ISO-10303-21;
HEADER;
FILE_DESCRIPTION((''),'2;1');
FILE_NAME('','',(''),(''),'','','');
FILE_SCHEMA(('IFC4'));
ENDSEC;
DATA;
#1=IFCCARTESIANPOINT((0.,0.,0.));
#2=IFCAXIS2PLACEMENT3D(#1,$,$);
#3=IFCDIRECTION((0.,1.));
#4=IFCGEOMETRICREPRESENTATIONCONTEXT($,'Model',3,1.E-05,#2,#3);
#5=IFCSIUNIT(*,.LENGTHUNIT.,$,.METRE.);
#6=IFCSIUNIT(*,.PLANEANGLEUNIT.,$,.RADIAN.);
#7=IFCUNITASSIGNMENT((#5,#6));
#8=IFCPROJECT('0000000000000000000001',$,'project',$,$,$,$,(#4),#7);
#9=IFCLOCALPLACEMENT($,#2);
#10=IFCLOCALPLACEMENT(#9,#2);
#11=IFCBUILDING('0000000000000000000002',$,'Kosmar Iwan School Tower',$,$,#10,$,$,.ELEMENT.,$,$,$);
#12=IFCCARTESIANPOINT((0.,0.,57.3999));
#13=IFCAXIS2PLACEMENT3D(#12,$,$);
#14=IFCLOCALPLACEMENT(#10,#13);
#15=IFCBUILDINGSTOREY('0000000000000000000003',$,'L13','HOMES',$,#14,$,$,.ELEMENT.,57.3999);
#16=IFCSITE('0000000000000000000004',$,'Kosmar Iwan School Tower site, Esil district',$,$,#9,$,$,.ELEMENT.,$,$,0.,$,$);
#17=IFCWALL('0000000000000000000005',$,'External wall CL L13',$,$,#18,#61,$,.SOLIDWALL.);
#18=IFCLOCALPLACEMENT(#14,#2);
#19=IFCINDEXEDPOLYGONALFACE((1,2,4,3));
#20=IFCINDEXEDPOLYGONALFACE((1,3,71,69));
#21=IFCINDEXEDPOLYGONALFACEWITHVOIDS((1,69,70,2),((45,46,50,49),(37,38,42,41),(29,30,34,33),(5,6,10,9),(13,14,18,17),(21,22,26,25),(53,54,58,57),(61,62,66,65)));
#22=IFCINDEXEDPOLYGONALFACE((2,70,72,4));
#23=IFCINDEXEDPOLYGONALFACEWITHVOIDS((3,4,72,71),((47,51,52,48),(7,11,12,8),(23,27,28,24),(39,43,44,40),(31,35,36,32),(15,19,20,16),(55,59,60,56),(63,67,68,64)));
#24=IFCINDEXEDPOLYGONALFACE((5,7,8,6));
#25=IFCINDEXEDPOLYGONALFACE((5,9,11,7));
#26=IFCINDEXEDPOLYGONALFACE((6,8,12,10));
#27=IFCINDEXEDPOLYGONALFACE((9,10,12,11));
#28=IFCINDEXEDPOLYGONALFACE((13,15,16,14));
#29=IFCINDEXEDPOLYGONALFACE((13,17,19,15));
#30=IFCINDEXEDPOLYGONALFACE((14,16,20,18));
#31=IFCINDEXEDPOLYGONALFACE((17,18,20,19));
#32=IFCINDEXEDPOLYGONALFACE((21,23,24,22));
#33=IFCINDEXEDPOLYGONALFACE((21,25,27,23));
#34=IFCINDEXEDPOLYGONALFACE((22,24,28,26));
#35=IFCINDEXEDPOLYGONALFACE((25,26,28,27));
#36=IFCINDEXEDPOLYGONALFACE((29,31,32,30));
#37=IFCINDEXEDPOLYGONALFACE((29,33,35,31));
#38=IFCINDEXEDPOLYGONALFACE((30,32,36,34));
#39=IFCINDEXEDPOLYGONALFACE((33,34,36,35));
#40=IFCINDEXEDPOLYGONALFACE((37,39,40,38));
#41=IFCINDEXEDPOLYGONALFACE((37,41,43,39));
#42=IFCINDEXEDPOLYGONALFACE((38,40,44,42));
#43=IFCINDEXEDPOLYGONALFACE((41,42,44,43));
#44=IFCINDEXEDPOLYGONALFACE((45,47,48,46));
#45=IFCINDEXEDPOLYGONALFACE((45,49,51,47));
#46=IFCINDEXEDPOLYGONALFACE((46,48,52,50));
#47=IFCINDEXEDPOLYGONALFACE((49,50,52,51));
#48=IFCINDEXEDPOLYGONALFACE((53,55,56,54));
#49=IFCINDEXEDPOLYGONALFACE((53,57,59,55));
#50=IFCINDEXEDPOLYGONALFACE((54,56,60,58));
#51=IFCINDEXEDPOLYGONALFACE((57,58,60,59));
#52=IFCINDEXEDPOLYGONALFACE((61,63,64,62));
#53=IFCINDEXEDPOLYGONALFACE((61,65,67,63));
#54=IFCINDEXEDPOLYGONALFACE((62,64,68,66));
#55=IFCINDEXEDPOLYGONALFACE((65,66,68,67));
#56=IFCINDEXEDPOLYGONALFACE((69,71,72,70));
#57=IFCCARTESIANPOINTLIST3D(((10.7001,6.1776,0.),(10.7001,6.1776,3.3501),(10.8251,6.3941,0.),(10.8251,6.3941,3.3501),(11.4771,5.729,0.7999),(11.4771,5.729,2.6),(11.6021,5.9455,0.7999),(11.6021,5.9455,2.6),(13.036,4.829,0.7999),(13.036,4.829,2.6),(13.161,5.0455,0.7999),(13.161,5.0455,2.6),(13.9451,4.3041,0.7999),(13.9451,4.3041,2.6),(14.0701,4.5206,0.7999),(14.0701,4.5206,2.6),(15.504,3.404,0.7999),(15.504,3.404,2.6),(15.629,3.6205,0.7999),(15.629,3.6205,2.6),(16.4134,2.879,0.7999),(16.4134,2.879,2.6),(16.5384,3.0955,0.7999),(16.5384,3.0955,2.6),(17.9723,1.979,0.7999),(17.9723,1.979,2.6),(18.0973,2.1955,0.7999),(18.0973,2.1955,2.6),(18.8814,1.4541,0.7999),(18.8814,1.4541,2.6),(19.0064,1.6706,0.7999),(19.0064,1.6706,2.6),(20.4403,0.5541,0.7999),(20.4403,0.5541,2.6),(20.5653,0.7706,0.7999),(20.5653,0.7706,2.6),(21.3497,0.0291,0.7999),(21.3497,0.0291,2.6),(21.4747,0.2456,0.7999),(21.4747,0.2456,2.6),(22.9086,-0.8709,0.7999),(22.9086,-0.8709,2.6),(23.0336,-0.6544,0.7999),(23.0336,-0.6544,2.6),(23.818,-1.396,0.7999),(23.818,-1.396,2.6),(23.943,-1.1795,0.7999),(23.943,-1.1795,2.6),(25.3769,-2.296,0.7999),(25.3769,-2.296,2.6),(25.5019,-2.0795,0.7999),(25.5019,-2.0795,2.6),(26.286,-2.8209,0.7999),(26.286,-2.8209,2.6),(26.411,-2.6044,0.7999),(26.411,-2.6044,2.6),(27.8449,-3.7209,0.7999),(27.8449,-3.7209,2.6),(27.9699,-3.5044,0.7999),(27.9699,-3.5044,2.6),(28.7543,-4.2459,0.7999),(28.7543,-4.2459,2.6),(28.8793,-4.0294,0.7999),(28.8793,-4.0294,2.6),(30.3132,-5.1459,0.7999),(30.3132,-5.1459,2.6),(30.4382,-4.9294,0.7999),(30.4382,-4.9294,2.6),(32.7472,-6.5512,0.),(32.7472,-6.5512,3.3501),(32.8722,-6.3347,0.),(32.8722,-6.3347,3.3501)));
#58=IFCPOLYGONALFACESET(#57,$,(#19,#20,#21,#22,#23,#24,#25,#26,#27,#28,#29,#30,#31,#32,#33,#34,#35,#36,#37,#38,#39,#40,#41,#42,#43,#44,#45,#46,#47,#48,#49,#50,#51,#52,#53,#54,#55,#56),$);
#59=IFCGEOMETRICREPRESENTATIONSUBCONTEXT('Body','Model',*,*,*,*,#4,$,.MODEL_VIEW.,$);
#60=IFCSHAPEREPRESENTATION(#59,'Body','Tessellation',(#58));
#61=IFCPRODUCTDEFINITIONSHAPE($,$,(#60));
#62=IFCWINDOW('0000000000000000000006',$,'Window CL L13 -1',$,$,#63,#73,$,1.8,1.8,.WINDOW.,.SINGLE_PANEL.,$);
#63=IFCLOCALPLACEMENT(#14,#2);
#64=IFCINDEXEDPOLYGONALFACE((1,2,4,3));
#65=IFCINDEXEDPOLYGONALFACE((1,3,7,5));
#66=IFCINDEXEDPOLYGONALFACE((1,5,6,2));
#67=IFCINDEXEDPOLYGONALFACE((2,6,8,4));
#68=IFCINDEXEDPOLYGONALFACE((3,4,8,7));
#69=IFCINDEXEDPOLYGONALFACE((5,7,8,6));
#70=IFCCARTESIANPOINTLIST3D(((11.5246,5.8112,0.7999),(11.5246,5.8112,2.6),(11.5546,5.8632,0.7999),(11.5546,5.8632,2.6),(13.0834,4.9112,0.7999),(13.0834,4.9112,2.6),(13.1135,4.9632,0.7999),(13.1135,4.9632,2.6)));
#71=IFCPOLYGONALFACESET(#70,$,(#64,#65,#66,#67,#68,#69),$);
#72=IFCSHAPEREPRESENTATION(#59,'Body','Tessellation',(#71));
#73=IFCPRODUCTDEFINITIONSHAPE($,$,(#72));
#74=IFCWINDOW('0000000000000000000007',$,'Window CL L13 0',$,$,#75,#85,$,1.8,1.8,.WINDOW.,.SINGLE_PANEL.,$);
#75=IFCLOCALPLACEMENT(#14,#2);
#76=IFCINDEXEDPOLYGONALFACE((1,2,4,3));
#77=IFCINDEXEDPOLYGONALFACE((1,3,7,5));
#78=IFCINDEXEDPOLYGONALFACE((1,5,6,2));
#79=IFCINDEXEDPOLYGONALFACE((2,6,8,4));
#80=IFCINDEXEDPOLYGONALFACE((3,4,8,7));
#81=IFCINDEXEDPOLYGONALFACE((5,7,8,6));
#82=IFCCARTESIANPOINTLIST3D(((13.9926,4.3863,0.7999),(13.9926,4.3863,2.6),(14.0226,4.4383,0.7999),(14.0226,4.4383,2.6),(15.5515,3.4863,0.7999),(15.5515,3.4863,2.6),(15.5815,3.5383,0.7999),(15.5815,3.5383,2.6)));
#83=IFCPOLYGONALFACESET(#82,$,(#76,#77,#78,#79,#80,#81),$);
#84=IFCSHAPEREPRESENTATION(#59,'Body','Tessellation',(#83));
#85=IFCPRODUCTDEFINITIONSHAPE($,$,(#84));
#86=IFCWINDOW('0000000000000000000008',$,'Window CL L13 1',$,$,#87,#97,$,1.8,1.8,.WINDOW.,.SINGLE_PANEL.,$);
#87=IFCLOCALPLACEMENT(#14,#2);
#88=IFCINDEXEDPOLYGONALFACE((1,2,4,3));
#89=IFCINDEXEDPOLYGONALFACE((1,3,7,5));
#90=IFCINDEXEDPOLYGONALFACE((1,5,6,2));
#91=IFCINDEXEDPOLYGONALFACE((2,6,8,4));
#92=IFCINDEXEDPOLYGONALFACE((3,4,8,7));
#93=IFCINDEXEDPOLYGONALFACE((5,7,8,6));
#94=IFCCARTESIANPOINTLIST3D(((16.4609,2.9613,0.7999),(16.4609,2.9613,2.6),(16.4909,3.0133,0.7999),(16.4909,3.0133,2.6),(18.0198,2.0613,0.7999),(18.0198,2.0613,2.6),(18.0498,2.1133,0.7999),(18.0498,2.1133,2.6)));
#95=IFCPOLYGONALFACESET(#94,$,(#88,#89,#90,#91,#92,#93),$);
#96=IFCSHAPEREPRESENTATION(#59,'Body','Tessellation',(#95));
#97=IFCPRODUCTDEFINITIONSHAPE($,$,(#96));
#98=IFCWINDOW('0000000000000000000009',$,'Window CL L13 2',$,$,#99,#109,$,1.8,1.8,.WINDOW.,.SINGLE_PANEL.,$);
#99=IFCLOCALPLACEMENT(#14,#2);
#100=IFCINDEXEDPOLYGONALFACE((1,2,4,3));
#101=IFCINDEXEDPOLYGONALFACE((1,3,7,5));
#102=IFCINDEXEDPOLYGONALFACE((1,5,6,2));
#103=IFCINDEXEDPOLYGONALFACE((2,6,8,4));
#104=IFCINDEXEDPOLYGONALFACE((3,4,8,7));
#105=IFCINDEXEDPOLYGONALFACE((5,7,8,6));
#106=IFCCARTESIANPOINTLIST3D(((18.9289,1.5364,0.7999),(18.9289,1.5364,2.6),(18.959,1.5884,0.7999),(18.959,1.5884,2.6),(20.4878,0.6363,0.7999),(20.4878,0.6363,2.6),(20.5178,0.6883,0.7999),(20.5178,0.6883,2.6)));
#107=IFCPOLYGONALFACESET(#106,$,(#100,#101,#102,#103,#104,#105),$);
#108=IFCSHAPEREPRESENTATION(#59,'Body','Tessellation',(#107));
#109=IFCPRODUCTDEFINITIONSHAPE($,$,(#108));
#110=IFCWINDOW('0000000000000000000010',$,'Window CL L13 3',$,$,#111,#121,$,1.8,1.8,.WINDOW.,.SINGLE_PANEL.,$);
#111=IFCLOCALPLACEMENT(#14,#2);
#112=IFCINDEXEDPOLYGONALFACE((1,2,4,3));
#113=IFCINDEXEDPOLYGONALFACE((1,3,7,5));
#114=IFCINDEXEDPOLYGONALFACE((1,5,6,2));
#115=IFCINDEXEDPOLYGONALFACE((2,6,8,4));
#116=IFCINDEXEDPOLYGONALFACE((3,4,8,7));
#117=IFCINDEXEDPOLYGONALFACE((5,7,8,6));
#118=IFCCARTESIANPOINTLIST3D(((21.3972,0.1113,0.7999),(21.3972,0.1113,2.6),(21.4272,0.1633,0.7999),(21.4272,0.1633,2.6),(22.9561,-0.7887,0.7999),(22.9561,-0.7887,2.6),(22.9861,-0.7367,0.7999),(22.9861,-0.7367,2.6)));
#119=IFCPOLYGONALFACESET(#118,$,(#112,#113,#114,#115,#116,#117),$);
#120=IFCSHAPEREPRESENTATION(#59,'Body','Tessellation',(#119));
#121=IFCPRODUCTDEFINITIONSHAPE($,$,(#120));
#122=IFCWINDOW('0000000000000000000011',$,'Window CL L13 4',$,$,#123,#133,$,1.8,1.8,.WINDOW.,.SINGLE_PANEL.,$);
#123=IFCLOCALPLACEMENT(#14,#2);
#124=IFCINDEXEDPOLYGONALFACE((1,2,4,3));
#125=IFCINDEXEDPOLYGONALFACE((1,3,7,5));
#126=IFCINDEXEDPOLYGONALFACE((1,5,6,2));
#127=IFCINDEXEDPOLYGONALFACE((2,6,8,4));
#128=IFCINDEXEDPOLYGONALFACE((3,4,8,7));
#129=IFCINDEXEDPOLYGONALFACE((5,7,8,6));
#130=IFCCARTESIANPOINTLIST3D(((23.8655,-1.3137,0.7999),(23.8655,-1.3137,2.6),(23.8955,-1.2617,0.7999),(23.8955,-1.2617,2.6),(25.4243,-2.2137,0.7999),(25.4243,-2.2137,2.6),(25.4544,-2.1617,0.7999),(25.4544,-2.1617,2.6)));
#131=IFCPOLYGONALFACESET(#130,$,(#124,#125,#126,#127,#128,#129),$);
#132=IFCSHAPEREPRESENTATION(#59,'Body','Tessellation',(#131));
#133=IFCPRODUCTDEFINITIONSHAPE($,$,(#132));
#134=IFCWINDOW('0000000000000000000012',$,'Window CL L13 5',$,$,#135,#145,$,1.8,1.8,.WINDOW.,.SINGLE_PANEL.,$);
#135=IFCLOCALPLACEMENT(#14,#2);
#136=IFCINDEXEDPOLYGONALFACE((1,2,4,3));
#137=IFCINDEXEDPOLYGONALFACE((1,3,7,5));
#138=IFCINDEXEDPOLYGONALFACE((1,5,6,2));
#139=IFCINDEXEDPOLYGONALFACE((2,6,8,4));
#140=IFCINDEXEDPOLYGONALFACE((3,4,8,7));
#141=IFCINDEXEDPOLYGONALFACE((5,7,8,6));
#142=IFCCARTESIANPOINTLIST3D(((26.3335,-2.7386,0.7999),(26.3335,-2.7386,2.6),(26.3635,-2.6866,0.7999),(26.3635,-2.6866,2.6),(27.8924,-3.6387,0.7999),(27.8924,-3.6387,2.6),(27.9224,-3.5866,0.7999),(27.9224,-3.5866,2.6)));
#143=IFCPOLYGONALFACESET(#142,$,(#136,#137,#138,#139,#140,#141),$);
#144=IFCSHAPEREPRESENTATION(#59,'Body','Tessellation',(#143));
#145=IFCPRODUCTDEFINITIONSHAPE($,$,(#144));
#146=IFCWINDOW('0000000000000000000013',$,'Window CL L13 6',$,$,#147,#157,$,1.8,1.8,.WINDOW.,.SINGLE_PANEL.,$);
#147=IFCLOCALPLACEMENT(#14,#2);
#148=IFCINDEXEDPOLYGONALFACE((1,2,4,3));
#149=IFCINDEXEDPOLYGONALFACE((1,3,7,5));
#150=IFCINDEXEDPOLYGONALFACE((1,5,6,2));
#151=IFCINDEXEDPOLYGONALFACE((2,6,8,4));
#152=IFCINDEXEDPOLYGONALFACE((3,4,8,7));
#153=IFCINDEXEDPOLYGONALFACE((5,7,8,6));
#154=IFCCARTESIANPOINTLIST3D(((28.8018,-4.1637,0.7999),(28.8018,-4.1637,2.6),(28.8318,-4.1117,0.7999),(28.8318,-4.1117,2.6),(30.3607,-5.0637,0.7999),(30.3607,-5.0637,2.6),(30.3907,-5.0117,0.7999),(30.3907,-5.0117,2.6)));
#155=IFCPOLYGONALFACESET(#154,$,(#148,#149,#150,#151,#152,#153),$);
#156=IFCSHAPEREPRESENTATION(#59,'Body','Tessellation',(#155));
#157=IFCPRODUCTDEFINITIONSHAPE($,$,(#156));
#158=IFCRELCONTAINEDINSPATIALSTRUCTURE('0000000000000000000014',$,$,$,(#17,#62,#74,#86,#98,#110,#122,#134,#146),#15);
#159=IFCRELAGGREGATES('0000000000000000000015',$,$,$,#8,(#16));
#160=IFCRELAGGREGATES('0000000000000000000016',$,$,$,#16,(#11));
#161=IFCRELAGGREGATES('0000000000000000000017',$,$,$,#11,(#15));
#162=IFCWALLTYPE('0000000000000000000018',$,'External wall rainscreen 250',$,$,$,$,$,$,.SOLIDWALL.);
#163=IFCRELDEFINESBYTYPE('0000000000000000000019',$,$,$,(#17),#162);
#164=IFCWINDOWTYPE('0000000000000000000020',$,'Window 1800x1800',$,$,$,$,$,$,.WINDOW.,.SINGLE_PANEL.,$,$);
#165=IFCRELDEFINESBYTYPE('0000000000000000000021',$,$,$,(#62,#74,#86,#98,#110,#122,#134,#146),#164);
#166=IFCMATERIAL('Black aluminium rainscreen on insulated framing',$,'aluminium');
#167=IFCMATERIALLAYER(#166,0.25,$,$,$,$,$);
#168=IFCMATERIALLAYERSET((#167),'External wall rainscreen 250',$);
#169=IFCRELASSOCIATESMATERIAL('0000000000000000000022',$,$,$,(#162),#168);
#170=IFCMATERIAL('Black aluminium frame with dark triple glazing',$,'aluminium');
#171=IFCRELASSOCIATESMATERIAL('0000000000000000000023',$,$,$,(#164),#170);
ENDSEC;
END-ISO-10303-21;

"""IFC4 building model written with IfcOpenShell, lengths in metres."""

from ifc_helpers import new_model, si_unit, direction, frame, frame_2d, origin, place, context, subcontext, project, spatial, rectangle, extrude, material, layer, layer_set, type_object, element, fill, save


model = new_model("IFC4")

# Units and contexts
model_context = context("Model", 3, precision=1e-05, world=origin(), true_north=direction((0.0, 1.0)))
body_context = subcontext(model_context, "Body", "Model", "MODEL_VIEW")
ifc_project = project(units=[si_unit("LENGTHUNIT", "METRE"), si_unit("PLANEANGLEUNIT", "RADIAN")], contexts=[model_context])

# Site, building, storey
site_placement = place(None, origin())
site = spatial("IfcSite", under=ifc_project, at=site_placement, Name="Kosmar Iwan School Tower site, Esil district", CompositionType="ELEMENT", RefElevation=0.0)
building_placement = place(site_placement, origin())
building = spatial("IfcBuilding", under=site, at=building_placement, Name="Kosmar Iwan School Tower", CompositionType="ELEMENT")
storey_placement = place(building_placement, frame((0.0, 0.0, 57.3999)))
storey = spatial("IfcBuildingStorey", under=building, at=storey_placement, Name="L13", Description="HOMES", CompositionType="ELEMENT", Elevation=57.3999)

# Wall, openings, windows
ifc_material_1 = material(Name="Black aluminium rainscreen on insulated framing", Category="aluminium")
ifc_layer = layer(ifc_material_1, 0.25)
ifc_layer_set = layer_set([ifc_layer], Name="External wall rainscreen 250")
wall_type = type_object("IfcWallType", Name="External wall rainscreen 250", PredefinedType="SOLIDWALL", material=ifc_layer_set)
wall_1_placement = place(storey_placement, frame((10.7625, 6.2859, 0.0), z_axis=(0.0, 0.0, 1.0), x_axis=(0.866028, -0.499996, 0.0)))
wall_1 = element("IfcWall", 1, at=wall_1_placement, inside=storey, type_object=wall_type, Name="External wall CL L13", PredefinedType="SOLIDWALL", context=body_context, shape_type="SweptSolid", body=[
    extrude(rectangle(XDim=25.4578, YDim=0.25, at=frame_2d((12.729, 0.0))), origin(), (0.0, 0.0, 1.0), 3.3501),
])
opening_1_placement = place(wall_1_placement, frame((0.8975, 0.0, 0.8)))
opening_1 = element("IfcOpeningElement", 2, at=opening_1_placement, cuts=wall_1, PredefinedType="OPENING", context=body_context, shape_type="SweptSolid", body=[
    extrude(rectangle(XDim=1.8, YDim=1.8, at=frame_2d((0.8999, 0.8999))), frame((0.0, 0.137, 0.0), z_axis=(0.0, -1.0, 0.0), x_axis=(1.0, 0.0, 0.0)), (0.0, 0.0, 1.0), 0.2739),
])
opening_2_placement = place(wall_1_placement, frame((3.7473, 0.0, 0.8)))
opening_2 = element("IfcOpeningElement", 3, at=opening_2_placement, cuts=wall_1, PredefinedType="OPENING", context=body_context, shape_type="SweptSolid", body=[
    extrude(rectangle(XDim=1.8, YDim=1.8, at=frame_2d((0.8999, 0.8999))), frame((0.0, 0.137, 0.0), z_axis=(0.0, -1.0, 0.0), x_axis=(1.0, 0.0, 0.0)), (0.0, 0.0, 1.0), 0.2739),
])
opening_3_placement = place(wall_1_placement, frame((6.5974, 0.0, 0.8)))
opening_3 = element("IfcOpeningElement", 4, at=opening_3_placement, cuts=wall_1, PredefinedType="OPENING", context=body_context, shape_type="SweptSolid", body=[
    extrude(rectangle(XDim=1.8, YDim=1.8, at=frame_2d((0.8999, 0.8999))), frame((0.0, 0.137, 0.0), z_axis=(0.0, -1.0, 0.0), x_axis=(1.0, 0.0, 0.0)), (0.0, 0.0, 1.0), 0.2739),
])
opening_4_placement = place(wall_1_placement, frame((9.4473, 0.0, 0.8)))
opening_4 = element("IfcOpeningElement", 5, at=opening_4_placement, cuts=wall_1, PredefinedType="OPENING", context=body_context, shape_type="SweptSolid", body=[
    extrude(rectangle(XDim=1.8, YDim=1.8, at=frame_2d((0.8999, 0.8999))), frame((0.0, 0.137, 0.0), z_axis=(0.0, -1.0, 0.0), x_axis=(1.0, 0.0, 0.0)), (0.0, 0.0, 1.0), 0.2739),
])
opening_5_placement = place(wall_1_placement, frame((12.2974, 0.0, 0.8)))
opening_5 = element("IfcOpeningElement", 6, at=opening_5_placement, cuts=wall_1, PredefinedType="OPENING", context=body_context, shape_type="SweptSolid", body=[
    extrude(rectangle(XDim=1.8, YDim=1.8, at=frame_2d((0.8999, 0.8999))), frame((0.0, 0.137, 0.0), z_axis=(0.0, -1.0, 0.0), x_axis=(1.0, 0.0, 0.0)), (0.0, 0.0, 1.0), 0.2739),
])
opening_6_placement = place(wall_1_placement, frame((15.1475, 0.0, 0.8)))
opening_6 = element("IfcOpeningElement", 7, at=opening_6_placement, cuts=wall_1, PredefinedType="OPENING", context=body_context, shape_type="SweptSolid", body=[
    extrude(rectangle(XDim=1.8, YDim=1.8, at=frame_2d((0.8999, 0.8999))), frame((0.0, 0.137, 0.0), z_axis=(0.0, -1.0, 0.0), x_axis=(1.0, 0.0, 0.0)), (0.0, 0.0, 1.0), 0.2739),
])
opening_7_placement = place(wall_1_placement, frame((17.9973, 0.0, 0.8)))
opening_7 = element("IfcOpeningElement", 8, at=opening_7_placement, cuts=wall_1, PredefinedType="OPENING", context=body_context, shape_type="SweptSolid", body=[
    extrude(rectangle(XDim=1.8, YDim=1.8, at=frame_2d((0.8999, 0.8999))), frame((0.0, 0.137, 0.0), z_axis=(0.0, -1.0, 0.0), x_axis=(1.0, 0.0, 0.0)), (0.0, 0.0, 1.0), 0.2739),
])
opening_8_placement = place(wall_1_placement, frame((20.8474, 0.0, 0.8)))
opening_8 = element("IfcOpeningElement", 9, at=opening_8_placement, cuts=wall_1, PredefinedType="OPENING", context=body_context, shape_type="SweptSolid", body=[
    extrude(rectangle(XDim=1.8, YDim=1.8, at=frame_2d((0.8999, 0.8999))), frame((0.0, 0.137, 0.0), z_axis=(0.0, -1.0, 0.0), x_axis=(1.0, 0.0, 0.0)), (0.0, 0.0, 1.0), 0.2739),
])
ifc_material_2 = material(Name="Black aluminium frame with dark triple glazing", Category="aluminium")
window_type = type_object("IfcWindowType", Name="Window 1800x1800", PartitioningType="SINGLE_PANEL", PredefinedType="WINDOW", material=ifc_material_2)
window_1_placement = place(opening_1_placement, origin())
window_1 = element("IfcWindow", 10, at=window_1_placement, inside=storey, type_object=window_type, Name="Window CL L13 -1", OverallHeight=1.8, OverallWidth=1.8, PartitioningType="SINGLE_PANEL", PredefinedType="WINDOW", context=body_context, shape_type="SweptSolid", body=[
    extrude(rectangle(XDim=1.8, YDim=1.8, at=frame_2d((0.8999, 0.8999))), frame((0.0, 0.03, 0.0), z_axis=(0.0, -1.0, 0.0), x_axis=(1.0, 0.0, 0.0)), (0.0, 0.0, 1.0), 0.0601),
])
fill(opening_1, window_1)
window_2_placement = place(opening_2_placement, origin())
window_2 = element("IfcWindow", 11, at=window_2_placement, inside=storey, type_object=window_type, Name="Window CL L13 0", OverallHeight=1.8, OverallWidth=1.8, PartitioningType="SINGLE_PANEL", PredefinedType="WINDOW", context=body_context, shape_type="SweptSolid", body=[
    extrude(rectangle(XDim=1.8, YDim=1.8, at=frame_2d((0.8999, 0.8999))), frame((0.0, 0.03, 0.0), z_axis=(0.0, -1.0, 0.0), x_axis=(1.0, 0.0, 0.0)), (0.0, 0.0, 1.0), 0.0601),
])
fill(opening_2, window_2)
window_3_placement = place(opening_3_placement, origin())
window_3 = element("IfcWindow", 12, at=window_3_placement, inside=storey, type_object=window_type, Name="Window CL L13 1", OverallHeight=1.8, OverallWidth=1.8, PartitioningType="SINGLE_PANEL", PredefinedType="WINDOW", context=body_context, shape_type="SweptSolid", body=[
    extrude(rectangle(XDim=1.8, YDim=1.8, at=frame_2d((0.8999, 0.8999))), frame((0.0, 0.03, 0.0), z_axis=(0.0, -1.0, 0.0), x_axis=(1.0, 0.0, 0.0)), (0.0, 0.0, 1.0), 0.0601),
])
fill(opening_3, window_3)
window_4_placement = place(opening_4_placement, origin())
window_4 = element("IfcWindow", 13, at=window_4_placement, inside=storey, type_object=window_type, Name="Window CL L13 2", OverallHeight=1.8, OverallWidth=1.8, PartitioningType="SINGLE_PANEL", PredefinedType="WINDOW", context=body_context, shape_type="SweptSolid", body=[
    extrude(rectangle(XDim=1.8, YDim=1.8, at=frame_2d((0.8999, 0.8999))), frame((0.0, 0.03, 0.0), z_axis=(0.0, -1.0, 0.0), x_axis=(1.0, 0.0, 0.0)), (0.0, 0.0, 1.0), 0.0601),
])
fill(opening_4, window_4)
window_5_placement = place(opening_5_placement, origin())
window_5 = element("IfcWindow", 14, at=window_5_placement, inside=storey, type_object=window_type, Name="Window CL L13 3", OverallHeight=1.8, OverallWidth=1.8, PartitioningType="SINGLE_PANEL", PredefinedType="WINDOW", context=body_context, shape_type="SweptSolid", body=[
    extrude(rectangle(XDim=1.8, YDim=1.8, at=frame_2d((0.8999, 0.8999))), frame((0.0, 0.03, 0.0), z_axis=(0.0, -1.0, 0.0), x_axis=(1.0, 0.0, 0.0)), (0.0, 0.0, 1.0), 0.0601),
])
fill(opening_5, window_5)
window_6_placement = place(opening_6_placement, origin())
window_6 = element("IfcWindow", 15, at=window_6_placement, inside=storey, type_object=window_type, Name="Window CL L13 4", OverallHeight=1.8, OverallWidth=1.8, PartitioningType="SINGLE_PANEL", PredefinedType="WINDOW", context=body_context, shape_type="SweptSolid", body=[
    extrude(rectangle(XDim=1.8, YDim=1.8, at=frame_2d((0.8999, 0.8999))), frame((0.0, 0.03, 0.0), z_axis=(0.0, -1.0, 0.0), x_axis=(1.0, 0.0, 0.0)), (0.0, 0.0, 1.0), 0.0601),
])
fill(opening_6, window_6)
window_7_placement = place(opening_7_placement, origin())
window_7 = element("IfcWindow", 16, at=window_7_placement, inside=storey, type_object=window_type, Name="Window CL L13 5", OverallHeight=1.8, OverallWidth=1.8, PartitioningType="SINGLE_PANEL", PredefinedType="WINDOW", context=body_context, shape_type="SweptSolid", body=[
    extrude(rectangle(XDim=1.8, YDim=1.8, at=frame_2d((0.8999, 0.8999))), frame((0.0, 0.03, 0.0), z_axis=(0.0, -1.0, 0.0), x_axis=(1.0, 0.0, 0.0)), (0.0, 0.0, 1.0), 0.0601),
])
fill(opening_7, window_7)
window_8_placement = place(opening_8_placement, origin())
window_8 = element("IfcWindow", 17, at=window_8_placement, inside=storey, type_object=window_type, Name="Window CL L13 6", OverallHeight=1.8, OverallWidth=1.8, PartitioningType="SINGLE_PANEL", PredefinedType="WINDOW", context=body_context, shape_type="SweptSolid", body=[
    extrude(rectangle(XDim=1.8, YDim=1.8, at=frame_2d((0.8999, 0.8999))), frame((0.0, 0.03, 0.0), z_axis=(0.0, -1.0, 0.0), x_axis=(1.0, 0.0, 0.0)), (0.0, 0.0, 1.0), 0.0601),
])
fill(opening_8, window_8)

save(model, "model.ifc")
